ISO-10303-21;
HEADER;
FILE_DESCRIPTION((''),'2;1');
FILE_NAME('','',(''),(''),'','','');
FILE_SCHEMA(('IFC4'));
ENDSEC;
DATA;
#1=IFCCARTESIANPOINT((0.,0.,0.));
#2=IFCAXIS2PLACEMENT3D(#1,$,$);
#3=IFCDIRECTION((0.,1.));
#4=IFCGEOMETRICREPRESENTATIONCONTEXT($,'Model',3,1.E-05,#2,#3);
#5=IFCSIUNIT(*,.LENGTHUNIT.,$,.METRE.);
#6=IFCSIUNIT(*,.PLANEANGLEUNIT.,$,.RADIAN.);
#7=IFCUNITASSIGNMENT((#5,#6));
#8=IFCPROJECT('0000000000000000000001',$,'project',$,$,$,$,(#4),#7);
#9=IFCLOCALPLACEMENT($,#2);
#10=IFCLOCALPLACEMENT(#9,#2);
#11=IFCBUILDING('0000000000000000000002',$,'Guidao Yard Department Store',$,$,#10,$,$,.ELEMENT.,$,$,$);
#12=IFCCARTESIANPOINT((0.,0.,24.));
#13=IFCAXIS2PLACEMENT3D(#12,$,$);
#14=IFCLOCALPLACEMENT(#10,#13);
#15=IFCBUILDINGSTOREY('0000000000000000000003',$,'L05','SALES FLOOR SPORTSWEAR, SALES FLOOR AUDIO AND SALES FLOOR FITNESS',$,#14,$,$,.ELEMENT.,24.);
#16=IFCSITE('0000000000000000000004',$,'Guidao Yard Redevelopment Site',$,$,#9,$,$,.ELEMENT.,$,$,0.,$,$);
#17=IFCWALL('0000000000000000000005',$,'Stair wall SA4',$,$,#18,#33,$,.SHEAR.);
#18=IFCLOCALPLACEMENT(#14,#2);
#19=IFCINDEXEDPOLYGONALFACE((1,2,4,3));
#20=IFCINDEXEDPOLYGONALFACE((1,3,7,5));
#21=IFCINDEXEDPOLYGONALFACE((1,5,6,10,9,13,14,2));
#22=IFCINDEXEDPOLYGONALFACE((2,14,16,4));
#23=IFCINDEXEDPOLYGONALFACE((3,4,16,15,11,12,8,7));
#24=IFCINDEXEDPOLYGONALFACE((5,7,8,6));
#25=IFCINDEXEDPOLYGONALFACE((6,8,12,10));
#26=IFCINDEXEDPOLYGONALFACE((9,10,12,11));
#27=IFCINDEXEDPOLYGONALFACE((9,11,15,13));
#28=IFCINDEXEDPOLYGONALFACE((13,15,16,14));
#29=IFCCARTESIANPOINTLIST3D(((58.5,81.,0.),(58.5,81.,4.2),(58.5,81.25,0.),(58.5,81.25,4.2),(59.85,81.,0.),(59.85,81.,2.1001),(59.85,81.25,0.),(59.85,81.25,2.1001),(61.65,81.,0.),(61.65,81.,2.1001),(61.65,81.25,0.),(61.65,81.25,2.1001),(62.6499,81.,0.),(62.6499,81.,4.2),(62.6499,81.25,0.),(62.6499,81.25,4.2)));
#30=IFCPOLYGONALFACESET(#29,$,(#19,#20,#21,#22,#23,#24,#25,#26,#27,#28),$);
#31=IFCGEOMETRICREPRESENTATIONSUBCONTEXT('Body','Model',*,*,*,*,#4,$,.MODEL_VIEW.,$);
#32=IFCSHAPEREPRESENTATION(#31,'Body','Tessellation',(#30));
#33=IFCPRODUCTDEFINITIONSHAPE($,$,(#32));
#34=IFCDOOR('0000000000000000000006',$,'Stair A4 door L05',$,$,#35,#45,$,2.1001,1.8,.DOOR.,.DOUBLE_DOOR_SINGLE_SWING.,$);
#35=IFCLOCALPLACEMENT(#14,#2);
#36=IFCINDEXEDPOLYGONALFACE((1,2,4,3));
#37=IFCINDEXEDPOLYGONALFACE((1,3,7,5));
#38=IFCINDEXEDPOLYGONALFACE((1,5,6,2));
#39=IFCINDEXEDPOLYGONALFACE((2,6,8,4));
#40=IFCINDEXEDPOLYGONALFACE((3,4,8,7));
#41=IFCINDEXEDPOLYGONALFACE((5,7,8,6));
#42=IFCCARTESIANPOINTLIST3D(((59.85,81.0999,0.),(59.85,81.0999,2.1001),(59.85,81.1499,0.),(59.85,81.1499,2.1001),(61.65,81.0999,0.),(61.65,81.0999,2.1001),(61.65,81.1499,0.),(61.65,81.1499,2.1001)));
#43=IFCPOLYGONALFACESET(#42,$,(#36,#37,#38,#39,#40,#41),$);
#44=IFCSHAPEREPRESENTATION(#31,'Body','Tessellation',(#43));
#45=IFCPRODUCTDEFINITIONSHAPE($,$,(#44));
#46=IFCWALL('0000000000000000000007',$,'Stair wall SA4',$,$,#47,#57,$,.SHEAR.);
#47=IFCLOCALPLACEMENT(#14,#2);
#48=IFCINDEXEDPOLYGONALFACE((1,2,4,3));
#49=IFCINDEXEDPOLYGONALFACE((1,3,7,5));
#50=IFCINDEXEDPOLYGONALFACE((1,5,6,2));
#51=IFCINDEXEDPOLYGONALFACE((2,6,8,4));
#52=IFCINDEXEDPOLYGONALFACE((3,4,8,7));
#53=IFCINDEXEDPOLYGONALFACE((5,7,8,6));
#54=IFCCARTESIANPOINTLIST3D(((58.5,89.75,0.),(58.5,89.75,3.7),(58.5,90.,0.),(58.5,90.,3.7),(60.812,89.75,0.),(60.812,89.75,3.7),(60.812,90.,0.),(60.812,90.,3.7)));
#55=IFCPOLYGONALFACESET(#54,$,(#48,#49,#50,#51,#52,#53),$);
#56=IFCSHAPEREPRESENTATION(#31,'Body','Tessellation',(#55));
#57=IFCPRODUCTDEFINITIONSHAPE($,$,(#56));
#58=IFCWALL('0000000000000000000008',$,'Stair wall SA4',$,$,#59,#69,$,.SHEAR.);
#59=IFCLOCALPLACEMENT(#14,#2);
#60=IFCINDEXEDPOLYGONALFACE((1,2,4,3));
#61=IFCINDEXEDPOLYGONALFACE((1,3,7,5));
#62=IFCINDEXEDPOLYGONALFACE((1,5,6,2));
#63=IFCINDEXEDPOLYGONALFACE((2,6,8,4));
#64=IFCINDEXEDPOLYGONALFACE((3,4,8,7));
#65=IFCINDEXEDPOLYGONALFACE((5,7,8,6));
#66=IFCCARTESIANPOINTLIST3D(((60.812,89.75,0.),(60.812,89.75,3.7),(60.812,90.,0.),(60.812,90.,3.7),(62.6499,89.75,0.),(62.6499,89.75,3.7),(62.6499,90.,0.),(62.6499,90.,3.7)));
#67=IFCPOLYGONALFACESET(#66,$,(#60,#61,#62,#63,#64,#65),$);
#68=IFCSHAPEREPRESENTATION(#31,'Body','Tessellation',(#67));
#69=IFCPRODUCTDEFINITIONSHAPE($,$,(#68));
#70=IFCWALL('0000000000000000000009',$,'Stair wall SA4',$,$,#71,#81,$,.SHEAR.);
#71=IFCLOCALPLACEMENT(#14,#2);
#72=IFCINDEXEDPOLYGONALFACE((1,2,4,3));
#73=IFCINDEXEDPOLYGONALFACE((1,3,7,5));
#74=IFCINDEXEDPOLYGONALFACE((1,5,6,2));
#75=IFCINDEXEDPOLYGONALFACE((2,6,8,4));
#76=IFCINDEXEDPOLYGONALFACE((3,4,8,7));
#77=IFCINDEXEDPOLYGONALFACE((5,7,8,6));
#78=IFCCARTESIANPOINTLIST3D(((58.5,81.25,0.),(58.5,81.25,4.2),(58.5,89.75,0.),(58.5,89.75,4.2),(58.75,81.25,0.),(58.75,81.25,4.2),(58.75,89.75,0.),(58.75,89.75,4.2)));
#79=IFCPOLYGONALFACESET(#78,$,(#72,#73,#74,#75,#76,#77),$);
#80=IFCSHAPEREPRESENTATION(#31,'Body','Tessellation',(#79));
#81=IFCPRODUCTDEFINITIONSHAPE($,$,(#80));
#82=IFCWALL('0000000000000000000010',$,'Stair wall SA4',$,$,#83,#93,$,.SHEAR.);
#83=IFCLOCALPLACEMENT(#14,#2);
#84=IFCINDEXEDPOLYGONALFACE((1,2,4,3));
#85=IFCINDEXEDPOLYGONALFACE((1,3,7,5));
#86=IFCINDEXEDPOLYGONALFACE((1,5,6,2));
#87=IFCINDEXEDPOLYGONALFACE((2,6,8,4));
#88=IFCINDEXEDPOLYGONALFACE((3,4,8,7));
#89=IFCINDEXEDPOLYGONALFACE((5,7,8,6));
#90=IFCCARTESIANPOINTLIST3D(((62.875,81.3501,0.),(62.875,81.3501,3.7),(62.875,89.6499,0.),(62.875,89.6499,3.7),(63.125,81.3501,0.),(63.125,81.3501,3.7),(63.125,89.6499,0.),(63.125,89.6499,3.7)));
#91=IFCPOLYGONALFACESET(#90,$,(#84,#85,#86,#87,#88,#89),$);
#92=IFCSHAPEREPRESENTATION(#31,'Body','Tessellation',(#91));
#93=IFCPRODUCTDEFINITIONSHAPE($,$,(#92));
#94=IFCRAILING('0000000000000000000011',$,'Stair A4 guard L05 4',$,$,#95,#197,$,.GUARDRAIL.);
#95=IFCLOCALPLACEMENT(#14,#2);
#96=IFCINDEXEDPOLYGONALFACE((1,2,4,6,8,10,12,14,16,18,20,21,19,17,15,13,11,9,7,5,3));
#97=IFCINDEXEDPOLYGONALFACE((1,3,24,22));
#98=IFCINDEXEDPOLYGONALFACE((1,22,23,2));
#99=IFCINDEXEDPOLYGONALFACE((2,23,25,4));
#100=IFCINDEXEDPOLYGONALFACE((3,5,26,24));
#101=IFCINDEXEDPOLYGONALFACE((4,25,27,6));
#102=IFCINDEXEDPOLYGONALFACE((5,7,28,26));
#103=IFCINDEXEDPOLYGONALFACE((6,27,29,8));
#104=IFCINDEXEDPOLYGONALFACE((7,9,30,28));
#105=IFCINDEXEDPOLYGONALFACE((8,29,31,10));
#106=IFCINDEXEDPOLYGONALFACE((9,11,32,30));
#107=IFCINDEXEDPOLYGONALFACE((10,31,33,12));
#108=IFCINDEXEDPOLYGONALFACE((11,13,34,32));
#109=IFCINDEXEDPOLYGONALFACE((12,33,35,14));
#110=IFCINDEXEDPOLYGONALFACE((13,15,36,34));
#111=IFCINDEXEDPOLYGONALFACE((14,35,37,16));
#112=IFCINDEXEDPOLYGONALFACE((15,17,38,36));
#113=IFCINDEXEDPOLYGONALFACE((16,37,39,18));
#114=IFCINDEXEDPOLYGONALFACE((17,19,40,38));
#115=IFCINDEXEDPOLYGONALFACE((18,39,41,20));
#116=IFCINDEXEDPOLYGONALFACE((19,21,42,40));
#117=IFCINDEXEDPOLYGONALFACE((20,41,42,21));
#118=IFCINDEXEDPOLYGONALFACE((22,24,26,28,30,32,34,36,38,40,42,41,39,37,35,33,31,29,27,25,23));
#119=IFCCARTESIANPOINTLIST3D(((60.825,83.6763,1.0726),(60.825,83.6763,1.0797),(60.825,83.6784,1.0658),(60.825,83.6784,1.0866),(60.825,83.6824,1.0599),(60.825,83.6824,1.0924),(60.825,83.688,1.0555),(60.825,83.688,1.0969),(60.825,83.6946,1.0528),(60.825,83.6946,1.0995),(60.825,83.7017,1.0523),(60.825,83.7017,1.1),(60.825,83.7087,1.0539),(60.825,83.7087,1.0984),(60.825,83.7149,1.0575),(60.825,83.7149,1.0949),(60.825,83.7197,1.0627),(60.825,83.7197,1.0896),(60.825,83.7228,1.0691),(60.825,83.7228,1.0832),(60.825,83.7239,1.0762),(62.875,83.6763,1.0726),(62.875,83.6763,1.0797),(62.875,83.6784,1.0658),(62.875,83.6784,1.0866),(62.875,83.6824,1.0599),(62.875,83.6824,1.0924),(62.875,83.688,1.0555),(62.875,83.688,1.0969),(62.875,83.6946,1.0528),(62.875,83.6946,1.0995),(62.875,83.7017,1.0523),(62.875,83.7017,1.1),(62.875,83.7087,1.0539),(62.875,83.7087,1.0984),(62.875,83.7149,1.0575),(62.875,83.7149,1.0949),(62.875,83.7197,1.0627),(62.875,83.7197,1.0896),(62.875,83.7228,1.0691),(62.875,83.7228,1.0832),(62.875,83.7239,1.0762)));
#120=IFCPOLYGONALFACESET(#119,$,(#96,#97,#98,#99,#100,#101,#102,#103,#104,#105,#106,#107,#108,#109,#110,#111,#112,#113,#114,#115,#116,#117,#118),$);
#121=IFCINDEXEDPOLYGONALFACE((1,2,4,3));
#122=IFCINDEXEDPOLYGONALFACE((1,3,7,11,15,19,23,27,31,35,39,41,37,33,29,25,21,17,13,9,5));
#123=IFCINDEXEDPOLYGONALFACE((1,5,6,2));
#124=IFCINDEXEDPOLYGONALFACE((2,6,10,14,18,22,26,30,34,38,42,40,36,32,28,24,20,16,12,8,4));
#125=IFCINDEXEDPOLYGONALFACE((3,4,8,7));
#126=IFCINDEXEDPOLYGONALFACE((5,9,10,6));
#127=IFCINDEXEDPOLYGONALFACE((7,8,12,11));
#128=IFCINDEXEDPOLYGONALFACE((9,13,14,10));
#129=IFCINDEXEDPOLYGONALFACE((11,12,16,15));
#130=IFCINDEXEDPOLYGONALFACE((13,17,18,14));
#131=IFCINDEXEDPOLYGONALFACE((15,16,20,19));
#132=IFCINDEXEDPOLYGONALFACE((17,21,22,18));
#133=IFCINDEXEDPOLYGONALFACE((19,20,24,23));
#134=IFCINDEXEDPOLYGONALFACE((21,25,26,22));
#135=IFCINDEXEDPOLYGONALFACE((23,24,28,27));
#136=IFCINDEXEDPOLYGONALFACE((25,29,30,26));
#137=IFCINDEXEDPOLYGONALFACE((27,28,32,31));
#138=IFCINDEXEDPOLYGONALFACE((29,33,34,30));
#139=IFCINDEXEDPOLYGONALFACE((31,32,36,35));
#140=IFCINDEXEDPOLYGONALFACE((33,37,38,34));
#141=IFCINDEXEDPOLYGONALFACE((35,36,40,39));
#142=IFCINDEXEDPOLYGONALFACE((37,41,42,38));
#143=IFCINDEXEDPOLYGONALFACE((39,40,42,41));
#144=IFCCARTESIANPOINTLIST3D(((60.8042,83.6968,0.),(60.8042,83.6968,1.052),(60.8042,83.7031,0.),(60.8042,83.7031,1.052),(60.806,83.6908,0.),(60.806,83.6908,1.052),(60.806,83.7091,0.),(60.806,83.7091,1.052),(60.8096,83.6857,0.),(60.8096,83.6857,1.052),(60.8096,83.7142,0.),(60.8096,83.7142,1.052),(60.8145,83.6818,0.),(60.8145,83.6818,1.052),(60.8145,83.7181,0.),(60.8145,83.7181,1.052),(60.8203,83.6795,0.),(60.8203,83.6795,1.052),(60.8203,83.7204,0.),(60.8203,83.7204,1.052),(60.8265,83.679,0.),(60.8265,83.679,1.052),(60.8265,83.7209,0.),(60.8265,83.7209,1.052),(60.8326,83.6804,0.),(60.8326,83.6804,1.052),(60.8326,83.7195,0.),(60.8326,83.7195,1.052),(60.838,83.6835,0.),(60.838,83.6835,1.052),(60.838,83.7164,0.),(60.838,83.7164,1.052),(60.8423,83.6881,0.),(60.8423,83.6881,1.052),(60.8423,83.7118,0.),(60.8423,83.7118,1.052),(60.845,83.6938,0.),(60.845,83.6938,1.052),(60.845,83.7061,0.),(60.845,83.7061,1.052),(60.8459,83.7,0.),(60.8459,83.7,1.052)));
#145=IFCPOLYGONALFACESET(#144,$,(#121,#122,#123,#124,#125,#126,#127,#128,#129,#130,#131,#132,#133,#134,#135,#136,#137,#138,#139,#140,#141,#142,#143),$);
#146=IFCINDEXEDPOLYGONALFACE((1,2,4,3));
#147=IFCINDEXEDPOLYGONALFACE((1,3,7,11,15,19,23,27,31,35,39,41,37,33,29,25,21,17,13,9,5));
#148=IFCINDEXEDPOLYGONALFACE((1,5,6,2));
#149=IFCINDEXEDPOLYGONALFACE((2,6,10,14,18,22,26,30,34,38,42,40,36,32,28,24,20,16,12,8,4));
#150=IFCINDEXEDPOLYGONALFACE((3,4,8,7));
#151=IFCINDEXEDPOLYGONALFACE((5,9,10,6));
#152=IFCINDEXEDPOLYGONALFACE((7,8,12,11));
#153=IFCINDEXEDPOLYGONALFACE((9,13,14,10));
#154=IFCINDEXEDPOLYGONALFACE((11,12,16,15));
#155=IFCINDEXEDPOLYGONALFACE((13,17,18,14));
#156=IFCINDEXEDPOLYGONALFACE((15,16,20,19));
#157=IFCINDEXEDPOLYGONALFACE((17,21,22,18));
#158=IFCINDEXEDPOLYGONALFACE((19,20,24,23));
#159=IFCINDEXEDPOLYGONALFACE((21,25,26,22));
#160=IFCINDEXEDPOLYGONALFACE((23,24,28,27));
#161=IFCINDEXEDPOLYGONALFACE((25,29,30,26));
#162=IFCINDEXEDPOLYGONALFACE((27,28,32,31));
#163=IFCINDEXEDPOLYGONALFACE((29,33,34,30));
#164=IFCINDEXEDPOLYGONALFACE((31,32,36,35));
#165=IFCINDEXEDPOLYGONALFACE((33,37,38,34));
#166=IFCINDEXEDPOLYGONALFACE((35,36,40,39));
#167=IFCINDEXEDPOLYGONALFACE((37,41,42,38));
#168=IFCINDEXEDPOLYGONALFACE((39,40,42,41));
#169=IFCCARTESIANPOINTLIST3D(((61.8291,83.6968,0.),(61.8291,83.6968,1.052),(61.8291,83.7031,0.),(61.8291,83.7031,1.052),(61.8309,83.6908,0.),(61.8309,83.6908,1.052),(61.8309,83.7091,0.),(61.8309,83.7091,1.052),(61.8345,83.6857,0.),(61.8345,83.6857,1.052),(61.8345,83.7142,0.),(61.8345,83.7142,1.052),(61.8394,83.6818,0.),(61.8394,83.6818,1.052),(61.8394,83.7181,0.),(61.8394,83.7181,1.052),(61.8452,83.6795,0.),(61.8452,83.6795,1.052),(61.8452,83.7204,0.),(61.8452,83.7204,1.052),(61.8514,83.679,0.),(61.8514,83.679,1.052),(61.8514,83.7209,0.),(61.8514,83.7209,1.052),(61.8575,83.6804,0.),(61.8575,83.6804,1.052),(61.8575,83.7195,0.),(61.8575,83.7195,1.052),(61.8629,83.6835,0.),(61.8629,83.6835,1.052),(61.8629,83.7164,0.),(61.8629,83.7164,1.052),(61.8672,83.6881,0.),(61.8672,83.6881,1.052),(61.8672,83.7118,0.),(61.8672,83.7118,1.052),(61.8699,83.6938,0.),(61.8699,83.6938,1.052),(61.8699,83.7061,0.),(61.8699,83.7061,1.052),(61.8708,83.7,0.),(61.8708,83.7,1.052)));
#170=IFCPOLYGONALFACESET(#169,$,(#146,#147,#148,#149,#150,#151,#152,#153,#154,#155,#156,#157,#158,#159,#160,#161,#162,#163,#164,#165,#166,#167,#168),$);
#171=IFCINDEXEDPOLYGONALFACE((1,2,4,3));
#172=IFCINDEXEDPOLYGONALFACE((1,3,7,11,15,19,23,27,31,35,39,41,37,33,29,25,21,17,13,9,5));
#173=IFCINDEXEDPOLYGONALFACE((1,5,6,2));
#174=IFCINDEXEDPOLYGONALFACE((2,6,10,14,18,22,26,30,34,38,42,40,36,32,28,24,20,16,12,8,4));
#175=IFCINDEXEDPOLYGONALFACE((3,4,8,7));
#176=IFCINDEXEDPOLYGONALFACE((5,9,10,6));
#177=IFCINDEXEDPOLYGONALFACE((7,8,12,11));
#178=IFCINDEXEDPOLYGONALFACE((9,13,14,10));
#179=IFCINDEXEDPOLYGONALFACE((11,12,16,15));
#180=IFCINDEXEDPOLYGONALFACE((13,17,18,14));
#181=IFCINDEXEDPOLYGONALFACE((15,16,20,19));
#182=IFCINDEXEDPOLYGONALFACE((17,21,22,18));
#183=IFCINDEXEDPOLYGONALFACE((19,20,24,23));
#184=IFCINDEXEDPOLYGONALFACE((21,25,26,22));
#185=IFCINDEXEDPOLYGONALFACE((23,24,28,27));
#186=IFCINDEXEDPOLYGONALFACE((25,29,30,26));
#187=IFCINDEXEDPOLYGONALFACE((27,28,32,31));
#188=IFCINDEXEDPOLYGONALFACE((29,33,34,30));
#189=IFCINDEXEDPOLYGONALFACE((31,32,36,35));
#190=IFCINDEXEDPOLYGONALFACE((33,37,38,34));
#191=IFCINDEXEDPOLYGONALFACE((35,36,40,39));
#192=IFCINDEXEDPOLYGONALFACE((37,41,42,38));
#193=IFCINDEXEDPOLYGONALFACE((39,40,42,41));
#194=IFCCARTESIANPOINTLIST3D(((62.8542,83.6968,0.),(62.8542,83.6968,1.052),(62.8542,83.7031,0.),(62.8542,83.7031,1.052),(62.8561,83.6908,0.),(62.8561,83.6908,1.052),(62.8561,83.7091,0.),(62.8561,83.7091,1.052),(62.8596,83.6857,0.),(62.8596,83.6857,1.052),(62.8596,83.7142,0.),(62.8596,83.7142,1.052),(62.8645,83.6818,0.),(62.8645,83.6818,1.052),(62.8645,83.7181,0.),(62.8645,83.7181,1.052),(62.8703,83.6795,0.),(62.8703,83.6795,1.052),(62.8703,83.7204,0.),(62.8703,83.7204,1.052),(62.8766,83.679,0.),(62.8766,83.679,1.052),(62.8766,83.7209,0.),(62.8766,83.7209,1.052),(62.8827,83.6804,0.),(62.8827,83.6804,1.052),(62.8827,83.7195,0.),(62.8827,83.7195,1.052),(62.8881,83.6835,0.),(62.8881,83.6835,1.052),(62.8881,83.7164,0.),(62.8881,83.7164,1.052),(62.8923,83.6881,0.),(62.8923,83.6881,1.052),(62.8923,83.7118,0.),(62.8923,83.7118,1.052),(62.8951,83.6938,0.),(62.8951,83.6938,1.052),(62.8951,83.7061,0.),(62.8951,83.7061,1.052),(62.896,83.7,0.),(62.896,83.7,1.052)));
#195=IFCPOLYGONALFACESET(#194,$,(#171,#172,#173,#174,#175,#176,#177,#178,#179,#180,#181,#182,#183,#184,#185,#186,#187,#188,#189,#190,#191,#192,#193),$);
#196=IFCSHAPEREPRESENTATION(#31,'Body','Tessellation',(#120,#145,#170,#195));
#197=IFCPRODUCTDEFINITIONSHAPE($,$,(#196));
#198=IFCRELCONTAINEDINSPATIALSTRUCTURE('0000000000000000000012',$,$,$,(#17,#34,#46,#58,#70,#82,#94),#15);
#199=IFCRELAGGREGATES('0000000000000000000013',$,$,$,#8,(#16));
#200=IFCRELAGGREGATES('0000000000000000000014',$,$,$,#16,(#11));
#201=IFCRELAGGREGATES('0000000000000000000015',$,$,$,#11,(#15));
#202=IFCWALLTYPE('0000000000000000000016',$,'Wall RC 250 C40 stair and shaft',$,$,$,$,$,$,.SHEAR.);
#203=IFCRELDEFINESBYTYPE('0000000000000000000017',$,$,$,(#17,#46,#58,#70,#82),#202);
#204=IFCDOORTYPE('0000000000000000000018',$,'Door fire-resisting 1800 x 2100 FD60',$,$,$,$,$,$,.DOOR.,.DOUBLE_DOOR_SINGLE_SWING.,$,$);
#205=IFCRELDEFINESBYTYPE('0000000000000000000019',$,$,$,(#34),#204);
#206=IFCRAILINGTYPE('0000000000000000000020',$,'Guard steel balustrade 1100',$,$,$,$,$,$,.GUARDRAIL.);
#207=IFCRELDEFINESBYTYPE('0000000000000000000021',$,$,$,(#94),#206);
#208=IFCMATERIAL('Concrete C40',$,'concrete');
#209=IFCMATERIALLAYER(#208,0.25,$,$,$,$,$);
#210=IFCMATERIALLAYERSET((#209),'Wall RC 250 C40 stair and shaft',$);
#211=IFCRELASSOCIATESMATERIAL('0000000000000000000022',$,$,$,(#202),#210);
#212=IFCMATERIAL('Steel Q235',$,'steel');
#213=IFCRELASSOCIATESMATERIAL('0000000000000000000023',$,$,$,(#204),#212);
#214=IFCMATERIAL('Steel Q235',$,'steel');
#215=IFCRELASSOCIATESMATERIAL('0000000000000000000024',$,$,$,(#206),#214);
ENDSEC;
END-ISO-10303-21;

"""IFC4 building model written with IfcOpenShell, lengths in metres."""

from ifc_helpers import new_model, si_unit, direction, frame, frame_2d, origin, origin_2d, place, context, subcontext, project, spatial, rectangle, circle, extrude, material, layer, layer_set, type_object, element, fill, save


model = new_model("IFC4")

# Units and contexts
model_context = context("Model", 3, precision=1e-05, world=origin(), true_north=direction((0.0, 1.0)))
body_context = subcontext(model_context, "Body", "Model", "MODEL_VIEW")
ifc_project = project(units=[si_unit("LENGTHUNIT", "METRE"), si_unit("PLANEANGLEUNIT", "RADIAN")], contexts=[model_context])

# Site, building, storey
site_placement = place(None, origin())
site = spatial("IfcSite", under=ifc_project, at=site_placement, Name="Guidao Yard Redevelopment Site", CompositionType="ELEMENT", RefElevation=0.0)
building_placement = place(site_placement, origin())
building = spatial("IfcBuilding", under=site, at=building_placement, Name="Guidao Yard Department Store", CompositionType="ELEMENT")
storey_placement = place(building_placement, frame((0.0, 0.0, 24.0)))
storey = spatial("IfcBuildingStorey", under=building, at=storey_placement, Name="L05", Description="SALES FLOOR SPORTSWEAR, SALES FLOOR AUDIO AND SALES FLOOR FITNESS", CompositionType="ELEMENT", Elevation=24.0)

# Wall, opening, door
ifc_material_1 = material(Name="Concrete C40", Category="concrete")
ifc_layer_1 = layer(ifc_material_1, 0.25)
ifc_layer_set_1 = layer_set([ifc_layer_1], Name="Wall RC 250 C40 stair and shaft")
wall_type_1 = type_object("IfcWallType", Name="Wall RC 250 C40 stair and shaft", PredefinedType="SHEAR", material=ifc_layer_set_1)
wall_1_placement = place(storey_placement, frame((58.5, 81.125, 0.0), z_axis=(0.0, 0.0, 1.0), x_axis=(1.0, 0.0, 0.0)))
wall_1 = element("IfcWall", 1, at=wall_1_placement, inside=storey, type_object=wall_type_1, Name="Stair wall SA4", PredefinedType="SHEAR", context=body_context, shape_type="SweptSolid", body=[
    extrude(rectangle(XDim=4.1499, YDim=0.25, at=frame_2d((2.075, 0.0))), origin(), (0.0, 0.0, 1.0), 4.2),
])
opening_1_placement = place(wall_1_placement, frame((1.3501, 0.0, 0.0)))
opening_1 = element("IfcOpeningElement", 2, at=opening_1_placement, cuts=wall_1, PredefinedType="OPENING", context=body_context, shape_type="SweptSolid", body=[
    extrude(rectangle(XDim=1.8, YDim=2.1001, at=frame_2d((0.8999, 1.05))), frame((0.0, 0.135, 0.0), z_axis=(0.0, -1.0, 0.0), x_axis=(1.0, 0.0, 0.0)), (0.0, 0.0, 1.0), 0.27),
])
ifc_material_2 = material(Name="Steel Q235", Category="steel")
door_type = type_object("IfcDoorType", Name="Door fire-resisting 1800 x 2100 FD60", OperationType="DOUBLE_DOOR_SINGLE_SWING", PredefinedType="DOOR", material=ifc_material_2)
door_placement = place(opening_1_placement, origin())
door = element("IfcDoor", 3, at=door_placement, inside=storey, type_object=door_type, Name="Stair A4 door L05", OperationType="DOUBLE_DOOR_SINGLE_SWING", OverallHeight=2.1001, OverallWidth=1.8, PredefinedType="DOOR", context=body_context, shape_type="SweptSolid", body=[
    extrude(rectangle(XDim=1.8, YDim=2.1001, at=frame_2d((0.8999, 1.05))), frame((0.0, 0.0249, 0.0), z_axis=(0.0, -1.0, 0.0), x_axis=(1.0, 0.0, 0.0)), (0.0, 0.0, 1.0), 0.05),
])
fill(opening_1, door)

# Walls
wall_2_placement = place(storey_placement, frame((58.5, 89.875, 0.0), z_axis=(0.0, 0.0, 1.0), x_axis=(1.0, 0.0, 0.0)))
element("IfcWall", 4, at=wall_2_placement, inside=storey, type_object=wall_type_1, Name="Stair wall SA4", PredefinedType="SHEAR", context=body_context, shape_type="SweptSolid", body=[
    extrude(rectangle(XDim=2.312, YDim=0.25, at=frame_2d((1.156, 0.0))), origin(), (0.0, 0.0, 1.0), 3.7),
])
wall_3_placement = place(storey_placement, frame((60.812, 89.875, 0.0), z_axis=(0.0, 0.0, 1.0), x_axis=(1.0, 0.0, 0.0)))
element("IfcWall", 5, at=wall_3_placement, inside=storey, type_object=wall_type_1, Name="Stair wall SA4", PredefinedType="SHEAR", context=body_context, shape_type="SweptSolid", body=[
    extrude(rectangle(XDim=1.8379, YDim=0.25, at=frame_2d((0.9189, 0.0))), origin(), (0.0, 0.0, 1.0), 3.7),
])
wall_4_placement = place(storey_placement, frame((58.625, 81.25, 0.0), z_axis=(0.0, 0.0, 1.0), x_axis=(0.0, 1.0, 0.0)))
element("IfcWall", 6, at=wall_4_placement, inside=storey, type_object=wall_type_1, Name="Stair wall SA4", PredefinedType="SHEAR", context=body_context, shape_type="SweptSolid", body=[
    extrude(rectangle(XDim=8.5, YDim=0.25, at=frame_2d((4.25, 0.0))), origin(), (0.0, 0.0, 1.0), 4.2),
])
wall_5_placement = place(storey_placement, frame((63.0, 81.3501, 0.0), z_axis=(0.0, 0.0, 1.0), x_axis=(0.0, 1.0, 0.0)))
element("IfcWall", 7, at=wall_5_placement, inside=storey, type_object=wall_type_1, Name="Stair wall SA4", PredefinedType="SHEAR", context=body_context, shape_type="SweptSolid", body=[
    extrude(rectangle(XDim=8.2998, YDim=0.25, at=frame_2d((4.1499, 0.0))), origin(), (0.0, 0.0, 1.0), 3.7),
])

# Railing
ifc_material_3 = material(Name="Steel Q235", Category="steel")
railing_type = type_object("IfcRailingType", Name="Guard steel balustrade 1100", PredefinedType="GUARDRAIL", material=ifc_material_3)
railing_placement = place(storey_placement, frame((60.825, 83.7, 0.0)))
element("IfcRailing", 8, at=railing_placement, inside=storey, type_object=railing_type, Name="Stair A4 guard L05 4", PredefinedType="GUARDRAIL", context=body_context, shape_type="SweptSolid", body=[
    extrude(circle(Radius=0.0239, at=origin_2d()), frame((0.0, 0.0, 1.0762), z_axis=(1.0, 0.0, 0.0), x_axis=(0.0, 1.0, 0.0)), (0.0, 0.0, 1.0), 2.05),
    extrude(circle(Radius=0.021, at=origin_2d()), origin(), (0.0, 0.0, 1.0), 1.052),
    extrude(circle(Radius=0.021, at=origin_2d()), frame((1.0249, 0.0, 0.0)), (0.0, 0.0, 1.0), 1.052),
    extrude(circle(Radius=0.021, at=origin_2d()), frame((2.05, 0.0, 0.0)), (0.0, 0.0, 1.0), 1.052),
])

save(model, "model.ifc")
